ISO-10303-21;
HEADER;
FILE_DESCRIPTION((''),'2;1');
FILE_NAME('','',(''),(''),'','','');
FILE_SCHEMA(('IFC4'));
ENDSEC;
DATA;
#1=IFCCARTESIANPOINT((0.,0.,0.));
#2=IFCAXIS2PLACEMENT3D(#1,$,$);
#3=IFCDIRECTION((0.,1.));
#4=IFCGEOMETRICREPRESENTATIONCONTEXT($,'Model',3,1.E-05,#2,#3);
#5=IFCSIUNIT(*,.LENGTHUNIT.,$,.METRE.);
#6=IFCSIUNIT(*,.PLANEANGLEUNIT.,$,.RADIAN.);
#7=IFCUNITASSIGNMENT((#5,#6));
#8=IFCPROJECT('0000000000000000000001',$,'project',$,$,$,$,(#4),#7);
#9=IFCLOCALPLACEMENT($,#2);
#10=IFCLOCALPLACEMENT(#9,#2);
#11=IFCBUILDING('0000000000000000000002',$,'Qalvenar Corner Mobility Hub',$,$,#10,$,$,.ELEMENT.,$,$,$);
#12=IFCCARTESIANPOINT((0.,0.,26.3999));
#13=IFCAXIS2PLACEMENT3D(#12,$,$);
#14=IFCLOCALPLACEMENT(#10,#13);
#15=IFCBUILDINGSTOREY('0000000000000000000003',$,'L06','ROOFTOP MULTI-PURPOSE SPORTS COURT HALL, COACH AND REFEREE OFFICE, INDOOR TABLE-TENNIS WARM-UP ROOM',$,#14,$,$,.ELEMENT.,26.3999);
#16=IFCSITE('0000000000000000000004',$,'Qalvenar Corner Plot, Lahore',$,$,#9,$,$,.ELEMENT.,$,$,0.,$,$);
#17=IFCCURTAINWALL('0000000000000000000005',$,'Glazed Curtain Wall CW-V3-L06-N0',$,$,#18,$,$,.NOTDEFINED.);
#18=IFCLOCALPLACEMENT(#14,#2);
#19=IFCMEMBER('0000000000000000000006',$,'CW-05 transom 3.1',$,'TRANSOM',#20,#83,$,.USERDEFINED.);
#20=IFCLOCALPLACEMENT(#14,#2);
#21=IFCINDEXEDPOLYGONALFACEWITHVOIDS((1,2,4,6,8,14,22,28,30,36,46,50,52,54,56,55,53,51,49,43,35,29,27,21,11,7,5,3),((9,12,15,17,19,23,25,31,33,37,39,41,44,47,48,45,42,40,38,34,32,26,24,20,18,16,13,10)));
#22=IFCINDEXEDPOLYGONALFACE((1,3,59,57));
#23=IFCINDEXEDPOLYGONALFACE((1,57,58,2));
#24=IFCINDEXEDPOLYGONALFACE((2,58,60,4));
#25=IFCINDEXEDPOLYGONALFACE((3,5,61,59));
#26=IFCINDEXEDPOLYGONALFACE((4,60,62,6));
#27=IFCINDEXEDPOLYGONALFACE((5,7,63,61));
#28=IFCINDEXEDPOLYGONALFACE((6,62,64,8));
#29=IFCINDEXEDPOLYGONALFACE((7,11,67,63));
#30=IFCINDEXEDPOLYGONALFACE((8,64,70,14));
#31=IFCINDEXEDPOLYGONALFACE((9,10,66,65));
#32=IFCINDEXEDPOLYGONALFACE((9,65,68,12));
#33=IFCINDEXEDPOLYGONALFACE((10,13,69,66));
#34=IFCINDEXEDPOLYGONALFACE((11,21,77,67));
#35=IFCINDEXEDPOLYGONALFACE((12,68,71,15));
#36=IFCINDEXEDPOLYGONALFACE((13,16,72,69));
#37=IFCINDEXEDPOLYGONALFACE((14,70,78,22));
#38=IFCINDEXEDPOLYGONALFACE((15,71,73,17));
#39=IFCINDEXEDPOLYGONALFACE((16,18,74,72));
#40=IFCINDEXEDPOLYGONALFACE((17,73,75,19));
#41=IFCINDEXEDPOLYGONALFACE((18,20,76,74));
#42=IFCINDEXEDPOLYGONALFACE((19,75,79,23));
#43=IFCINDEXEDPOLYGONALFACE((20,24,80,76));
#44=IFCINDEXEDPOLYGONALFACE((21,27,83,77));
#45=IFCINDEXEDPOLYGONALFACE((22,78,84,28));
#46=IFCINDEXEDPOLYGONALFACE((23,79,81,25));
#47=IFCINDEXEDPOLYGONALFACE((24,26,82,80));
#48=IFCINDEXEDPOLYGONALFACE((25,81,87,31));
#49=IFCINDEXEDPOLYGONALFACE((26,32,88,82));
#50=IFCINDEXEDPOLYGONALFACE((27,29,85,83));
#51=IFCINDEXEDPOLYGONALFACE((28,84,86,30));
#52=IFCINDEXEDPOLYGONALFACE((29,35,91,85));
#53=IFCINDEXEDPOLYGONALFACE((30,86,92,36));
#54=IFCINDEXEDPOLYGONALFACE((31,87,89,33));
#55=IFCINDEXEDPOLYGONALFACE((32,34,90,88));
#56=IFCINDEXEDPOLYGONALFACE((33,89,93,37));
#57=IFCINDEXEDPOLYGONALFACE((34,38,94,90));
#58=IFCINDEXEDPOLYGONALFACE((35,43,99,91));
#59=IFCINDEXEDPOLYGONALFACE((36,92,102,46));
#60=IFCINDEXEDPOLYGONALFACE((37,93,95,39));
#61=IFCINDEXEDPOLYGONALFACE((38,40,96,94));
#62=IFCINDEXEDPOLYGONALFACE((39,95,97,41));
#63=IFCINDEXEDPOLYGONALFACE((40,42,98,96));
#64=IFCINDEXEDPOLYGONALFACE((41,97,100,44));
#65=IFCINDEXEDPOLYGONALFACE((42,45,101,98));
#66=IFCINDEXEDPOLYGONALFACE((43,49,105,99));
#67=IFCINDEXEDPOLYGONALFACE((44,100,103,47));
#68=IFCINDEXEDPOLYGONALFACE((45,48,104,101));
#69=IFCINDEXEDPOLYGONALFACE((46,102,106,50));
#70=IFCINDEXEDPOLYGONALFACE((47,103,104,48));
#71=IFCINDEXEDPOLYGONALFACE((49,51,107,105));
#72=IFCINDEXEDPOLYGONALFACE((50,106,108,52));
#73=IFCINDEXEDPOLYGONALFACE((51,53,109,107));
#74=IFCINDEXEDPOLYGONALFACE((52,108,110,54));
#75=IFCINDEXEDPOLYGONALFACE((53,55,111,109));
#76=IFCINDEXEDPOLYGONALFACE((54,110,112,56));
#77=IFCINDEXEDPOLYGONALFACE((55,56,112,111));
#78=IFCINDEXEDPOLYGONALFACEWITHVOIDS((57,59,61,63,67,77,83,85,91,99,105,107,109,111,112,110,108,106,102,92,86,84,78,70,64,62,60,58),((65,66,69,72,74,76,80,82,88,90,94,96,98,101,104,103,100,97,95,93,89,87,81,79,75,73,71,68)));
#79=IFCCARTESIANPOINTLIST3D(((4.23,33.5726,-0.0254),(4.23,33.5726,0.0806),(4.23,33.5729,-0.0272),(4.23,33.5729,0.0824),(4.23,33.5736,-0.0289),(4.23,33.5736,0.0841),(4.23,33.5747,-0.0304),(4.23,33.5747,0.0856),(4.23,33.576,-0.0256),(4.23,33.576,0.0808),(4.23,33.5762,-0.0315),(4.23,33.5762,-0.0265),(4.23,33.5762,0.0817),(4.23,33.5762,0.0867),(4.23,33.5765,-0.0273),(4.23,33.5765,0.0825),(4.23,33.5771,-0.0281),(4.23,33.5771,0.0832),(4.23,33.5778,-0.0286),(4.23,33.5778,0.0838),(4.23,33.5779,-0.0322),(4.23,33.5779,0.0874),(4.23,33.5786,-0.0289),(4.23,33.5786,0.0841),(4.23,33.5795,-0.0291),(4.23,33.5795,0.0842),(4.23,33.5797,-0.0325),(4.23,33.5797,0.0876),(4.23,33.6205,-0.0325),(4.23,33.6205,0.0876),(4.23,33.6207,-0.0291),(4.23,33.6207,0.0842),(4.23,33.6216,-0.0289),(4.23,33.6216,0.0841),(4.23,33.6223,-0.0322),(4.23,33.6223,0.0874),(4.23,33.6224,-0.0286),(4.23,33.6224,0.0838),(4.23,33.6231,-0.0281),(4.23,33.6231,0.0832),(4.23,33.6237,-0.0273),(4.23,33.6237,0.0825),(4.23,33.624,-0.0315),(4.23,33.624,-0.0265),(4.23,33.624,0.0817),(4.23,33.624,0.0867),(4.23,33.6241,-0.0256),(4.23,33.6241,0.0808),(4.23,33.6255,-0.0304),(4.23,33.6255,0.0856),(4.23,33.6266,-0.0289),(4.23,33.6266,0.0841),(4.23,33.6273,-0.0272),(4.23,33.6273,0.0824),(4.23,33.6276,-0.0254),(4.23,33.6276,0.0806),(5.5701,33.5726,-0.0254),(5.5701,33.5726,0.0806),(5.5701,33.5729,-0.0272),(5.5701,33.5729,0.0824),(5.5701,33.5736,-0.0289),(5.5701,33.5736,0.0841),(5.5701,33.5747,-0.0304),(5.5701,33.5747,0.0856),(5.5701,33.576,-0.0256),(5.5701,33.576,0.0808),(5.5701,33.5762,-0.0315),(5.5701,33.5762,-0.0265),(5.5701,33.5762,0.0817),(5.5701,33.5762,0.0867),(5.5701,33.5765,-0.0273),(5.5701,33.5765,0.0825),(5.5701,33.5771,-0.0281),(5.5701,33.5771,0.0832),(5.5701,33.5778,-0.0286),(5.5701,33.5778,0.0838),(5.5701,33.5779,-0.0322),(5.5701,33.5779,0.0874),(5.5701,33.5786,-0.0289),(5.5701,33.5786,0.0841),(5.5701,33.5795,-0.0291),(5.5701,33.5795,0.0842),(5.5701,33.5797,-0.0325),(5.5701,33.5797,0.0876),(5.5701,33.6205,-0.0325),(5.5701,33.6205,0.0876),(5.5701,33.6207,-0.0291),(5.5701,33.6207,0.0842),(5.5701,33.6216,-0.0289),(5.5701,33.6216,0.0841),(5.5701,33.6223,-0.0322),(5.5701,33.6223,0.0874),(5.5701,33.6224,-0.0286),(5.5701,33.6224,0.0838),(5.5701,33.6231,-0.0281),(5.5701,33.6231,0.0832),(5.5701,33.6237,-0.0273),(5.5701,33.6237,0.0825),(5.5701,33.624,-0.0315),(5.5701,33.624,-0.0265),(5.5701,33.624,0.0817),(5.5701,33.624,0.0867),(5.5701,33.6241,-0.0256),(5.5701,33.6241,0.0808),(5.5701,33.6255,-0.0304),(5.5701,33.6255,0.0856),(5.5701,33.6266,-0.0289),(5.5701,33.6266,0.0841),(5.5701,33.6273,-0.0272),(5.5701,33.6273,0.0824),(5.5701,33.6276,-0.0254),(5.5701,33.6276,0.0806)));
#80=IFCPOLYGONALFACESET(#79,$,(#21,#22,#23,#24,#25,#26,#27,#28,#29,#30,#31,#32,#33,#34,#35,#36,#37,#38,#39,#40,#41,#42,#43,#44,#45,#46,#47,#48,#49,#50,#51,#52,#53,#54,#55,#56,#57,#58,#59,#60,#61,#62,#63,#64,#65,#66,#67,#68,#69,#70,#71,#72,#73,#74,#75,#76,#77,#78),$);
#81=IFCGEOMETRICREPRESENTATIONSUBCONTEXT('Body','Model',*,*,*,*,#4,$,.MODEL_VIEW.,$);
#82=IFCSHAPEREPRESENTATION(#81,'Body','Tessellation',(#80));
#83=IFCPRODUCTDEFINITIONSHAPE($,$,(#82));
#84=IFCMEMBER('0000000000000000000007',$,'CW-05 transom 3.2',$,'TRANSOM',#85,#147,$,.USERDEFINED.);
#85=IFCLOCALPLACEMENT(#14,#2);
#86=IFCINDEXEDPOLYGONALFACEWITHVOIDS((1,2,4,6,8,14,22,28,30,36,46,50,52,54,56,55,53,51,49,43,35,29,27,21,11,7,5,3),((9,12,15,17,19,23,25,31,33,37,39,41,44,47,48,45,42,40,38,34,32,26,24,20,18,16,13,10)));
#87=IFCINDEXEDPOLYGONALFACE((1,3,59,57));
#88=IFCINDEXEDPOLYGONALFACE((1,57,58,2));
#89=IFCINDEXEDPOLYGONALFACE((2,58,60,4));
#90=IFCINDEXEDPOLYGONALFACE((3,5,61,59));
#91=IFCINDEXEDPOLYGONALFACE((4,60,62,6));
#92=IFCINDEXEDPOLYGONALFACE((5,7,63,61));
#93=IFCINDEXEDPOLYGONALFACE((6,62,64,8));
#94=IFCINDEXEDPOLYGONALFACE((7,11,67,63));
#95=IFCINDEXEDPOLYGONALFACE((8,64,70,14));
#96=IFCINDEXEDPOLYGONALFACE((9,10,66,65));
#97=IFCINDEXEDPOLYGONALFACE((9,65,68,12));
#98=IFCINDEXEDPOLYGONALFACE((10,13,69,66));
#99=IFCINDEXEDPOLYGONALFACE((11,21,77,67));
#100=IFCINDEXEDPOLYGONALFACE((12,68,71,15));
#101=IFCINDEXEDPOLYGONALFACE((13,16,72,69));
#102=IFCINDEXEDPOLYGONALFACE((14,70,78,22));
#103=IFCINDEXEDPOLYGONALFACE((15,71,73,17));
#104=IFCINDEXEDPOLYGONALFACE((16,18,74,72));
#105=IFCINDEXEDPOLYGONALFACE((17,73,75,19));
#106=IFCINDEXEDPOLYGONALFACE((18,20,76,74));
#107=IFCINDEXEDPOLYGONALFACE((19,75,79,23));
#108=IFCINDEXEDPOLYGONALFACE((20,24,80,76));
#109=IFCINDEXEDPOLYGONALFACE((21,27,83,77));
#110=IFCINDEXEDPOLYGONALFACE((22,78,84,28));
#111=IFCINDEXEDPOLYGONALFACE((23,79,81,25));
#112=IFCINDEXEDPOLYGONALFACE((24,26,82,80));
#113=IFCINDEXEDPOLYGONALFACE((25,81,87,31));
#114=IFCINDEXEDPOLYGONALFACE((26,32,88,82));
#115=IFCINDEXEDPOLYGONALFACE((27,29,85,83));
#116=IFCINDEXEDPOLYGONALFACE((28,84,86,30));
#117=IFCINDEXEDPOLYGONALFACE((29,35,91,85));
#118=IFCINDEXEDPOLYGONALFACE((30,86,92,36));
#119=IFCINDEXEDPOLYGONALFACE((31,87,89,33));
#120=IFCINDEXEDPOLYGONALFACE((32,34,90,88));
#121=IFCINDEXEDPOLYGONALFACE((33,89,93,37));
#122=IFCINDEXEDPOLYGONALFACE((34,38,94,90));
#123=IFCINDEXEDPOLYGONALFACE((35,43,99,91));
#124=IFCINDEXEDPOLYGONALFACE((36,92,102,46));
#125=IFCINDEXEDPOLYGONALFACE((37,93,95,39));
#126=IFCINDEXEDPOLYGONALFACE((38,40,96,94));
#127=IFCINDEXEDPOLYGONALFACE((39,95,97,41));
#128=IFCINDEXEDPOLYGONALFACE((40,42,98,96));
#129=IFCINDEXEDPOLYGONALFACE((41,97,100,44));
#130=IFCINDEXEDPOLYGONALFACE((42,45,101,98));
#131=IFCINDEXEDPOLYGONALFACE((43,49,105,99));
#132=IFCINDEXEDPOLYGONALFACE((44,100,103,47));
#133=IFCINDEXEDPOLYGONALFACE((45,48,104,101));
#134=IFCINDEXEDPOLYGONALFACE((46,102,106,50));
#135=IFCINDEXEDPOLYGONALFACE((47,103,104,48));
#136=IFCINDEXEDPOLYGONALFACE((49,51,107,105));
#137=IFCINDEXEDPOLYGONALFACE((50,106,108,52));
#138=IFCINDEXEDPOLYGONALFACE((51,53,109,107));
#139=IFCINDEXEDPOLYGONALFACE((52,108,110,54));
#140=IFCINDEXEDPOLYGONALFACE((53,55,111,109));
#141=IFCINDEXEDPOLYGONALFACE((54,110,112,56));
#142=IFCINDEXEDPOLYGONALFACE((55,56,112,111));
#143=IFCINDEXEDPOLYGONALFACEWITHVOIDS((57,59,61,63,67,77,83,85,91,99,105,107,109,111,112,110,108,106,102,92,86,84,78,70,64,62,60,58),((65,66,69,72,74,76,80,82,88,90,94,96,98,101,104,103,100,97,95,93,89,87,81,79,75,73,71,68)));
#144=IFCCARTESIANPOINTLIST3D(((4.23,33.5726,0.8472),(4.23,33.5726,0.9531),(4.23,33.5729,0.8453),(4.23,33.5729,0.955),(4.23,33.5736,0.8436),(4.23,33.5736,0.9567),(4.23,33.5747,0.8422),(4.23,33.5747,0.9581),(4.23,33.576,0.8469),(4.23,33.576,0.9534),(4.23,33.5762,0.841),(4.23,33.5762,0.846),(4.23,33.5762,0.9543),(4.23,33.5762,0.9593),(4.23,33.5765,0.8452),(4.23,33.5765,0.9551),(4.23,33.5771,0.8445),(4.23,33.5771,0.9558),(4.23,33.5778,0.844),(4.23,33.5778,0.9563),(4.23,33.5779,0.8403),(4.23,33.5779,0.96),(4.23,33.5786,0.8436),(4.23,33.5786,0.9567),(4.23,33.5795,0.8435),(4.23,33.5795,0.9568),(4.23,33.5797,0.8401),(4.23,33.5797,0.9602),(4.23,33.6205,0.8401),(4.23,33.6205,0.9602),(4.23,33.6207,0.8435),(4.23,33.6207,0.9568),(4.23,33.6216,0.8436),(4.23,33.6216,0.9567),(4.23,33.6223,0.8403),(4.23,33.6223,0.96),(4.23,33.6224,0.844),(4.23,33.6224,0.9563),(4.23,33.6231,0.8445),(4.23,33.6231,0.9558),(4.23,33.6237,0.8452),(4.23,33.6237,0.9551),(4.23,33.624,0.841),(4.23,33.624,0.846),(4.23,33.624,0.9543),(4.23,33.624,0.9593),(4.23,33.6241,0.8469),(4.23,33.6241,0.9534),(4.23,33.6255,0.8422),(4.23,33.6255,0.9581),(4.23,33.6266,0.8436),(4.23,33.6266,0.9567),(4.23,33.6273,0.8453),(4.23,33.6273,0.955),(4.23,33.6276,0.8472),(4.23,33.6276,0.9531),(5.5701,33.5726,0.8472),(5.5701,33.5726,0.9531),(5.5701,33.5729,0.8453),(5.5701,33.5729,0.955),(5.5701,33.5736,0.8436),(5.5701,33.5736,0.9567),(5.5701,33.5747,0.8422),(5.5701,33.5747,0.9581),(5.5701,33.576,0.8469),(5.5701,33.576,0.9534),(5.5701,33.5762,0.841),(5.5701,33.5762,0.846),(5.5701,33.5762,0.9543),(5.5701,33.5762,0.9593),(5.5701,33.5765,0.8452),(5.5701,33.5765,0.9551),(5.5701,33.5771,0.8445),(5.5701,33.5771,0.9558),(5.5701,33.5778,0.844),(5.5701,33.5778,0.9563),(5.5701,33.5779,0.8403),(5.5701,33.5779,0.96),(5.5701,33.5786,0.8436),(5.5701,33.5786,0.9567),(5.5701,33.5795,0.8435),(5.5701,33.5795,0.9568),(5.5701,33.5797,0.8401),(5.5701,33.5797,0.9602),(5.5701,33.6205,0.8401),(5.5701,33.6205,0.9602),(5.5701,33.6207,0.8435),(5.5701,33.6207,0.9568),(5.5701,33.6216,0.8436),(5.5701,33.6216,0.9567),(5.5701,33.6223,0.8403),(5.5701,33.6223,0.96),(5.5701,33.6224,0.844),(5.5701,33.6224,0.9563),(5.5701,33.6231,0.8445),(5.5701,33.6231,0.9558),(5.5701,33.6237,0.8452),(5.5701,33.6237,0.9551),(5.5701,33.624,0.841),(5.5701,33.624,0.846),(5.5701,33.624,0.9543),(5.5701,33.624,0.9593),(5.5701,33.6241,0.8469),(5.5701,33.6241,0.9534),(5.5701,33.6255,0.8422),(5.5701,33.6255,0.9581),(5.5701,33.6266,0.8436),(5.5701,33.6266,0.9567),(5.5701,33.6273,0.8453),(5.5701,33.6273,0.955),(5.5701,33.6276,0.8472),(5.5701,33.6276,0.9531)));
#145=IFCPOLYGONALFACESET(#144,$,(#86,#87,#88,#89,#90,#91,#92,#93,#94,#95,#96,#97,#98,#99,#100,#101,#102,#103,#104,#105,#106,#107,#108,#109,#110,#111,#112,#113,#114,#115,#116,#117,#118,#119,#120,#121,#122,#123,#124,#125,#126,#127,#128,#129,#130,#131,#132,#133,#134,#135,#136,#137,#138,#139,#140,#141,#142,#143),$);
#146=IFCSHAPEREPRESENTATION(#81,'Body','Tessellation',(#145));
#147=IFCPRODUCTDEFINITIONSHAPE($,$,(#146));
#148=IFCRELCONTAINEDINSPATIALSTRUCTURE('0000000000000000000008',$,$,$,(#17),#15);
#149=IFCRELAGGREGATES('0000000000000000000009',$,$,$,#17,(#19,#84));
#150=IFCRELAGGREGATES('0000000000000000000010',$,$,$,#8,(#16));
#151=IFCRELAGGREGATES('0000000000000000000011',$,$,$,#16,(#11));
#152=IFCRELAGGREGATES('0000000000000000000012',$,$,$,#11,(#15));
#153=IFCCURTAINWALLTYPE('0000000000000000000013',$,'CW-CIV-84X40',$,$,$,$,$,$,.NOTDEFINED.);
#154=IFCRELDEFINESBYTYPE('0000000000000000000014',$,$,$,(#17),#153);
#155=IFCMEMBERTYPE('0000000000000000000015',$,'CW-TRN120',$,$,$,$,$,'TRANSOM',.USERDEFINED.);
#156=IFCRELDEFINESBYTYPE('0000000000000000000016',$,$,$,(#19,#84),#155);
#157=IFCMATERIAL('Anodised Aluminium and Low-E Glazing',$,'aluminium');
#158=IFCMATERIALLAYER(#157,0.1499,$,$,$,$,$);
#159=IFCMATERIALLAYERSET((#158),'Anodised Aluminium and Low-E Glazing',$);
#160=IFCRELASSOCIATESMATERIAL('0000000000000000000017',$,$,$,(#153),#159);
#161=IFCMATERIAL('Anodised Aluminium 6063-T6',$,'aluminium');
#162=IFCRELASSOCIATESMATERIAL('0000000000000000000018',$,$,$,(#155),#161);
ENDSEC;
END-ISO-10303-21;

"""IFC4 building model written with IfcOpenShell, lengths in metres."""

from ifc_helpers import new_model, si_unit, direction, frame, origin, origin_2d, place, context, subcontext, project, spatial, hollow_rectangle, extrude, material, layer, layer_set, material_profile, profile_set, type_object, element, aggregate, save


model = new_model("IFC4")

# Units and contexts
model_context = context("Model", 3, precision=1e-05, world=origin(), true_north=direction((0.0, 1.0)))
body_context = subcontext(model_context, "Body", "Model", "MODEL_VIEW")
ifc_project = project(units=[si_unit("LENGTHUNIT", "METRE"), si_unit("PLANEANGLEUNIT", "RADIAN")], contexts=[model_context])

# Site, building, storey
site_placement = place(None, origin())
site = spatial("IfcSite", under=ifc_project, at=site_placement, Name="Qalvenar Corner Plot, Lahore", CompositionType="ELEMENT", RefElevation=0.0)
building_placement = place(site_placement, origin())
building = spatial("IfcBuilding", under=site, at=building_placement, Name="Qalvenar Corner Mobility Hub", CompositionType="ELEMENT")
storey_placement = place(building_placement, frame((0.0, 0.0, 26.3999)))
storey = spatial("IfcBuildingStorey", under=building, at=storey_placement, Name="L06", Description="ROOFTOP MULTI-PURPOSE SPORTS COURT HALL, COACH AND REFEREE OFFICE, INDOOR TABLE-TENNIS WARM-UP ROOM", CompositionType="ELEMENT", Elevation=26.3999)

# Curtain wall, members
ifc_material_1 = material(Name="Anodised Aluminium and Low-E Glazing", Category="aluminium")
ifc_layer_1 = layer(ifc_material_1, 0.1499)
ifc_layer_set_1 = layer_set([ifc_layer_1], Name="Anodised Aluminium and Low-E Glazing")
curtain_wall_type = type_object("IfcCurtainWallType", Name="CW-CIV-84X40", PredefinedType="NOTDEFINED", material=ifc_layer_set_1)
curtain_wall_placement = place(storey_placement, origin())
curtain_wall = element("IfcCurtainWall", 1, at=curtain_wall_placement, inside=storey, type_object=curtain_wall_type, Name="Glazed Curtain Wall CW-V3-L06-N0", PredefinedType="NOTDEFINED")
ifc_material_2 = material(Name="Anodised Aluminium 6063-T6", Category="aluminium")
ifc_material_profile_1 = material_profile(ifc_material_2, hollow_rectangle(XDim=0.0549, YDim=0.1201, WallThickness=0.0034, InnerFilletRadius=0.0034, OuterFilletRadius=0.0071, at=origin_2d()), Name="RHS120x55x3.5")
ifc_profile_set_1 = profile_set([ifc_material_profile_1], Name="Anodised Aluminium 6063-T6")
member_type_1 = type_object("IfcMemberType", Name="CW-TRN120", ElementType="TRANSOM", PredefinedType="USERDEFINED", material=ifc_profile_set_1)
member_1_placement = place(storey_placement, frame((5.5701, 33.6001, 0.0276), z_axis=(-1.0, 0.0, 0.0), x_axis=(0.0, -1.0, 0.0)))
member_1 = element("IfcMember", 2, at=member_1_placement, type_object=member_type_1, Name="CW-05 transom 3.1", ObjectType="TRANSOM", PredefinedType="USERDEFINED", context=body_context, shape_type="SweptSolid", body=[
    extrude(hollow_rectangle(XDim=0.0549, YDim=0.1201, WallThickness=0.0034, InnerFilletRadius=0.0034, OuterFilletRadius=0.0071, at=origin_2d()), origin(), (0.0, 0.0, 1.0), 1.3401),
])
member_2_placement = place(storey_placement, frame((5.5701, 33.6001, 0.9001), z_axis=(-1.0, 0.0, 0.0), x_axis=(0.0, -1.0, 0.0)))
member_2 = element("IfcMember", 3, at=member_2_placement, type_object=member_type_1, Name="CW-05 transom 3.2", ObjectType="TRANSOM", PredefinedType="USERDEFINED", context=body_context, shape_type="SweptSolid", body=[
    extrude(hollow_rectangle(XDim=0.0549, YDim=0.1201, WallThickness=0.0034, InnerFilletRadius=0.0034, OuterFilletRadius=0.0071, at=origin_2d()), origin(), (0.0, 0.0, 1.0), 1.3401),
])
aggregate(curtain_wall, [member_1, member_2])

save(model, "model.ifc")
